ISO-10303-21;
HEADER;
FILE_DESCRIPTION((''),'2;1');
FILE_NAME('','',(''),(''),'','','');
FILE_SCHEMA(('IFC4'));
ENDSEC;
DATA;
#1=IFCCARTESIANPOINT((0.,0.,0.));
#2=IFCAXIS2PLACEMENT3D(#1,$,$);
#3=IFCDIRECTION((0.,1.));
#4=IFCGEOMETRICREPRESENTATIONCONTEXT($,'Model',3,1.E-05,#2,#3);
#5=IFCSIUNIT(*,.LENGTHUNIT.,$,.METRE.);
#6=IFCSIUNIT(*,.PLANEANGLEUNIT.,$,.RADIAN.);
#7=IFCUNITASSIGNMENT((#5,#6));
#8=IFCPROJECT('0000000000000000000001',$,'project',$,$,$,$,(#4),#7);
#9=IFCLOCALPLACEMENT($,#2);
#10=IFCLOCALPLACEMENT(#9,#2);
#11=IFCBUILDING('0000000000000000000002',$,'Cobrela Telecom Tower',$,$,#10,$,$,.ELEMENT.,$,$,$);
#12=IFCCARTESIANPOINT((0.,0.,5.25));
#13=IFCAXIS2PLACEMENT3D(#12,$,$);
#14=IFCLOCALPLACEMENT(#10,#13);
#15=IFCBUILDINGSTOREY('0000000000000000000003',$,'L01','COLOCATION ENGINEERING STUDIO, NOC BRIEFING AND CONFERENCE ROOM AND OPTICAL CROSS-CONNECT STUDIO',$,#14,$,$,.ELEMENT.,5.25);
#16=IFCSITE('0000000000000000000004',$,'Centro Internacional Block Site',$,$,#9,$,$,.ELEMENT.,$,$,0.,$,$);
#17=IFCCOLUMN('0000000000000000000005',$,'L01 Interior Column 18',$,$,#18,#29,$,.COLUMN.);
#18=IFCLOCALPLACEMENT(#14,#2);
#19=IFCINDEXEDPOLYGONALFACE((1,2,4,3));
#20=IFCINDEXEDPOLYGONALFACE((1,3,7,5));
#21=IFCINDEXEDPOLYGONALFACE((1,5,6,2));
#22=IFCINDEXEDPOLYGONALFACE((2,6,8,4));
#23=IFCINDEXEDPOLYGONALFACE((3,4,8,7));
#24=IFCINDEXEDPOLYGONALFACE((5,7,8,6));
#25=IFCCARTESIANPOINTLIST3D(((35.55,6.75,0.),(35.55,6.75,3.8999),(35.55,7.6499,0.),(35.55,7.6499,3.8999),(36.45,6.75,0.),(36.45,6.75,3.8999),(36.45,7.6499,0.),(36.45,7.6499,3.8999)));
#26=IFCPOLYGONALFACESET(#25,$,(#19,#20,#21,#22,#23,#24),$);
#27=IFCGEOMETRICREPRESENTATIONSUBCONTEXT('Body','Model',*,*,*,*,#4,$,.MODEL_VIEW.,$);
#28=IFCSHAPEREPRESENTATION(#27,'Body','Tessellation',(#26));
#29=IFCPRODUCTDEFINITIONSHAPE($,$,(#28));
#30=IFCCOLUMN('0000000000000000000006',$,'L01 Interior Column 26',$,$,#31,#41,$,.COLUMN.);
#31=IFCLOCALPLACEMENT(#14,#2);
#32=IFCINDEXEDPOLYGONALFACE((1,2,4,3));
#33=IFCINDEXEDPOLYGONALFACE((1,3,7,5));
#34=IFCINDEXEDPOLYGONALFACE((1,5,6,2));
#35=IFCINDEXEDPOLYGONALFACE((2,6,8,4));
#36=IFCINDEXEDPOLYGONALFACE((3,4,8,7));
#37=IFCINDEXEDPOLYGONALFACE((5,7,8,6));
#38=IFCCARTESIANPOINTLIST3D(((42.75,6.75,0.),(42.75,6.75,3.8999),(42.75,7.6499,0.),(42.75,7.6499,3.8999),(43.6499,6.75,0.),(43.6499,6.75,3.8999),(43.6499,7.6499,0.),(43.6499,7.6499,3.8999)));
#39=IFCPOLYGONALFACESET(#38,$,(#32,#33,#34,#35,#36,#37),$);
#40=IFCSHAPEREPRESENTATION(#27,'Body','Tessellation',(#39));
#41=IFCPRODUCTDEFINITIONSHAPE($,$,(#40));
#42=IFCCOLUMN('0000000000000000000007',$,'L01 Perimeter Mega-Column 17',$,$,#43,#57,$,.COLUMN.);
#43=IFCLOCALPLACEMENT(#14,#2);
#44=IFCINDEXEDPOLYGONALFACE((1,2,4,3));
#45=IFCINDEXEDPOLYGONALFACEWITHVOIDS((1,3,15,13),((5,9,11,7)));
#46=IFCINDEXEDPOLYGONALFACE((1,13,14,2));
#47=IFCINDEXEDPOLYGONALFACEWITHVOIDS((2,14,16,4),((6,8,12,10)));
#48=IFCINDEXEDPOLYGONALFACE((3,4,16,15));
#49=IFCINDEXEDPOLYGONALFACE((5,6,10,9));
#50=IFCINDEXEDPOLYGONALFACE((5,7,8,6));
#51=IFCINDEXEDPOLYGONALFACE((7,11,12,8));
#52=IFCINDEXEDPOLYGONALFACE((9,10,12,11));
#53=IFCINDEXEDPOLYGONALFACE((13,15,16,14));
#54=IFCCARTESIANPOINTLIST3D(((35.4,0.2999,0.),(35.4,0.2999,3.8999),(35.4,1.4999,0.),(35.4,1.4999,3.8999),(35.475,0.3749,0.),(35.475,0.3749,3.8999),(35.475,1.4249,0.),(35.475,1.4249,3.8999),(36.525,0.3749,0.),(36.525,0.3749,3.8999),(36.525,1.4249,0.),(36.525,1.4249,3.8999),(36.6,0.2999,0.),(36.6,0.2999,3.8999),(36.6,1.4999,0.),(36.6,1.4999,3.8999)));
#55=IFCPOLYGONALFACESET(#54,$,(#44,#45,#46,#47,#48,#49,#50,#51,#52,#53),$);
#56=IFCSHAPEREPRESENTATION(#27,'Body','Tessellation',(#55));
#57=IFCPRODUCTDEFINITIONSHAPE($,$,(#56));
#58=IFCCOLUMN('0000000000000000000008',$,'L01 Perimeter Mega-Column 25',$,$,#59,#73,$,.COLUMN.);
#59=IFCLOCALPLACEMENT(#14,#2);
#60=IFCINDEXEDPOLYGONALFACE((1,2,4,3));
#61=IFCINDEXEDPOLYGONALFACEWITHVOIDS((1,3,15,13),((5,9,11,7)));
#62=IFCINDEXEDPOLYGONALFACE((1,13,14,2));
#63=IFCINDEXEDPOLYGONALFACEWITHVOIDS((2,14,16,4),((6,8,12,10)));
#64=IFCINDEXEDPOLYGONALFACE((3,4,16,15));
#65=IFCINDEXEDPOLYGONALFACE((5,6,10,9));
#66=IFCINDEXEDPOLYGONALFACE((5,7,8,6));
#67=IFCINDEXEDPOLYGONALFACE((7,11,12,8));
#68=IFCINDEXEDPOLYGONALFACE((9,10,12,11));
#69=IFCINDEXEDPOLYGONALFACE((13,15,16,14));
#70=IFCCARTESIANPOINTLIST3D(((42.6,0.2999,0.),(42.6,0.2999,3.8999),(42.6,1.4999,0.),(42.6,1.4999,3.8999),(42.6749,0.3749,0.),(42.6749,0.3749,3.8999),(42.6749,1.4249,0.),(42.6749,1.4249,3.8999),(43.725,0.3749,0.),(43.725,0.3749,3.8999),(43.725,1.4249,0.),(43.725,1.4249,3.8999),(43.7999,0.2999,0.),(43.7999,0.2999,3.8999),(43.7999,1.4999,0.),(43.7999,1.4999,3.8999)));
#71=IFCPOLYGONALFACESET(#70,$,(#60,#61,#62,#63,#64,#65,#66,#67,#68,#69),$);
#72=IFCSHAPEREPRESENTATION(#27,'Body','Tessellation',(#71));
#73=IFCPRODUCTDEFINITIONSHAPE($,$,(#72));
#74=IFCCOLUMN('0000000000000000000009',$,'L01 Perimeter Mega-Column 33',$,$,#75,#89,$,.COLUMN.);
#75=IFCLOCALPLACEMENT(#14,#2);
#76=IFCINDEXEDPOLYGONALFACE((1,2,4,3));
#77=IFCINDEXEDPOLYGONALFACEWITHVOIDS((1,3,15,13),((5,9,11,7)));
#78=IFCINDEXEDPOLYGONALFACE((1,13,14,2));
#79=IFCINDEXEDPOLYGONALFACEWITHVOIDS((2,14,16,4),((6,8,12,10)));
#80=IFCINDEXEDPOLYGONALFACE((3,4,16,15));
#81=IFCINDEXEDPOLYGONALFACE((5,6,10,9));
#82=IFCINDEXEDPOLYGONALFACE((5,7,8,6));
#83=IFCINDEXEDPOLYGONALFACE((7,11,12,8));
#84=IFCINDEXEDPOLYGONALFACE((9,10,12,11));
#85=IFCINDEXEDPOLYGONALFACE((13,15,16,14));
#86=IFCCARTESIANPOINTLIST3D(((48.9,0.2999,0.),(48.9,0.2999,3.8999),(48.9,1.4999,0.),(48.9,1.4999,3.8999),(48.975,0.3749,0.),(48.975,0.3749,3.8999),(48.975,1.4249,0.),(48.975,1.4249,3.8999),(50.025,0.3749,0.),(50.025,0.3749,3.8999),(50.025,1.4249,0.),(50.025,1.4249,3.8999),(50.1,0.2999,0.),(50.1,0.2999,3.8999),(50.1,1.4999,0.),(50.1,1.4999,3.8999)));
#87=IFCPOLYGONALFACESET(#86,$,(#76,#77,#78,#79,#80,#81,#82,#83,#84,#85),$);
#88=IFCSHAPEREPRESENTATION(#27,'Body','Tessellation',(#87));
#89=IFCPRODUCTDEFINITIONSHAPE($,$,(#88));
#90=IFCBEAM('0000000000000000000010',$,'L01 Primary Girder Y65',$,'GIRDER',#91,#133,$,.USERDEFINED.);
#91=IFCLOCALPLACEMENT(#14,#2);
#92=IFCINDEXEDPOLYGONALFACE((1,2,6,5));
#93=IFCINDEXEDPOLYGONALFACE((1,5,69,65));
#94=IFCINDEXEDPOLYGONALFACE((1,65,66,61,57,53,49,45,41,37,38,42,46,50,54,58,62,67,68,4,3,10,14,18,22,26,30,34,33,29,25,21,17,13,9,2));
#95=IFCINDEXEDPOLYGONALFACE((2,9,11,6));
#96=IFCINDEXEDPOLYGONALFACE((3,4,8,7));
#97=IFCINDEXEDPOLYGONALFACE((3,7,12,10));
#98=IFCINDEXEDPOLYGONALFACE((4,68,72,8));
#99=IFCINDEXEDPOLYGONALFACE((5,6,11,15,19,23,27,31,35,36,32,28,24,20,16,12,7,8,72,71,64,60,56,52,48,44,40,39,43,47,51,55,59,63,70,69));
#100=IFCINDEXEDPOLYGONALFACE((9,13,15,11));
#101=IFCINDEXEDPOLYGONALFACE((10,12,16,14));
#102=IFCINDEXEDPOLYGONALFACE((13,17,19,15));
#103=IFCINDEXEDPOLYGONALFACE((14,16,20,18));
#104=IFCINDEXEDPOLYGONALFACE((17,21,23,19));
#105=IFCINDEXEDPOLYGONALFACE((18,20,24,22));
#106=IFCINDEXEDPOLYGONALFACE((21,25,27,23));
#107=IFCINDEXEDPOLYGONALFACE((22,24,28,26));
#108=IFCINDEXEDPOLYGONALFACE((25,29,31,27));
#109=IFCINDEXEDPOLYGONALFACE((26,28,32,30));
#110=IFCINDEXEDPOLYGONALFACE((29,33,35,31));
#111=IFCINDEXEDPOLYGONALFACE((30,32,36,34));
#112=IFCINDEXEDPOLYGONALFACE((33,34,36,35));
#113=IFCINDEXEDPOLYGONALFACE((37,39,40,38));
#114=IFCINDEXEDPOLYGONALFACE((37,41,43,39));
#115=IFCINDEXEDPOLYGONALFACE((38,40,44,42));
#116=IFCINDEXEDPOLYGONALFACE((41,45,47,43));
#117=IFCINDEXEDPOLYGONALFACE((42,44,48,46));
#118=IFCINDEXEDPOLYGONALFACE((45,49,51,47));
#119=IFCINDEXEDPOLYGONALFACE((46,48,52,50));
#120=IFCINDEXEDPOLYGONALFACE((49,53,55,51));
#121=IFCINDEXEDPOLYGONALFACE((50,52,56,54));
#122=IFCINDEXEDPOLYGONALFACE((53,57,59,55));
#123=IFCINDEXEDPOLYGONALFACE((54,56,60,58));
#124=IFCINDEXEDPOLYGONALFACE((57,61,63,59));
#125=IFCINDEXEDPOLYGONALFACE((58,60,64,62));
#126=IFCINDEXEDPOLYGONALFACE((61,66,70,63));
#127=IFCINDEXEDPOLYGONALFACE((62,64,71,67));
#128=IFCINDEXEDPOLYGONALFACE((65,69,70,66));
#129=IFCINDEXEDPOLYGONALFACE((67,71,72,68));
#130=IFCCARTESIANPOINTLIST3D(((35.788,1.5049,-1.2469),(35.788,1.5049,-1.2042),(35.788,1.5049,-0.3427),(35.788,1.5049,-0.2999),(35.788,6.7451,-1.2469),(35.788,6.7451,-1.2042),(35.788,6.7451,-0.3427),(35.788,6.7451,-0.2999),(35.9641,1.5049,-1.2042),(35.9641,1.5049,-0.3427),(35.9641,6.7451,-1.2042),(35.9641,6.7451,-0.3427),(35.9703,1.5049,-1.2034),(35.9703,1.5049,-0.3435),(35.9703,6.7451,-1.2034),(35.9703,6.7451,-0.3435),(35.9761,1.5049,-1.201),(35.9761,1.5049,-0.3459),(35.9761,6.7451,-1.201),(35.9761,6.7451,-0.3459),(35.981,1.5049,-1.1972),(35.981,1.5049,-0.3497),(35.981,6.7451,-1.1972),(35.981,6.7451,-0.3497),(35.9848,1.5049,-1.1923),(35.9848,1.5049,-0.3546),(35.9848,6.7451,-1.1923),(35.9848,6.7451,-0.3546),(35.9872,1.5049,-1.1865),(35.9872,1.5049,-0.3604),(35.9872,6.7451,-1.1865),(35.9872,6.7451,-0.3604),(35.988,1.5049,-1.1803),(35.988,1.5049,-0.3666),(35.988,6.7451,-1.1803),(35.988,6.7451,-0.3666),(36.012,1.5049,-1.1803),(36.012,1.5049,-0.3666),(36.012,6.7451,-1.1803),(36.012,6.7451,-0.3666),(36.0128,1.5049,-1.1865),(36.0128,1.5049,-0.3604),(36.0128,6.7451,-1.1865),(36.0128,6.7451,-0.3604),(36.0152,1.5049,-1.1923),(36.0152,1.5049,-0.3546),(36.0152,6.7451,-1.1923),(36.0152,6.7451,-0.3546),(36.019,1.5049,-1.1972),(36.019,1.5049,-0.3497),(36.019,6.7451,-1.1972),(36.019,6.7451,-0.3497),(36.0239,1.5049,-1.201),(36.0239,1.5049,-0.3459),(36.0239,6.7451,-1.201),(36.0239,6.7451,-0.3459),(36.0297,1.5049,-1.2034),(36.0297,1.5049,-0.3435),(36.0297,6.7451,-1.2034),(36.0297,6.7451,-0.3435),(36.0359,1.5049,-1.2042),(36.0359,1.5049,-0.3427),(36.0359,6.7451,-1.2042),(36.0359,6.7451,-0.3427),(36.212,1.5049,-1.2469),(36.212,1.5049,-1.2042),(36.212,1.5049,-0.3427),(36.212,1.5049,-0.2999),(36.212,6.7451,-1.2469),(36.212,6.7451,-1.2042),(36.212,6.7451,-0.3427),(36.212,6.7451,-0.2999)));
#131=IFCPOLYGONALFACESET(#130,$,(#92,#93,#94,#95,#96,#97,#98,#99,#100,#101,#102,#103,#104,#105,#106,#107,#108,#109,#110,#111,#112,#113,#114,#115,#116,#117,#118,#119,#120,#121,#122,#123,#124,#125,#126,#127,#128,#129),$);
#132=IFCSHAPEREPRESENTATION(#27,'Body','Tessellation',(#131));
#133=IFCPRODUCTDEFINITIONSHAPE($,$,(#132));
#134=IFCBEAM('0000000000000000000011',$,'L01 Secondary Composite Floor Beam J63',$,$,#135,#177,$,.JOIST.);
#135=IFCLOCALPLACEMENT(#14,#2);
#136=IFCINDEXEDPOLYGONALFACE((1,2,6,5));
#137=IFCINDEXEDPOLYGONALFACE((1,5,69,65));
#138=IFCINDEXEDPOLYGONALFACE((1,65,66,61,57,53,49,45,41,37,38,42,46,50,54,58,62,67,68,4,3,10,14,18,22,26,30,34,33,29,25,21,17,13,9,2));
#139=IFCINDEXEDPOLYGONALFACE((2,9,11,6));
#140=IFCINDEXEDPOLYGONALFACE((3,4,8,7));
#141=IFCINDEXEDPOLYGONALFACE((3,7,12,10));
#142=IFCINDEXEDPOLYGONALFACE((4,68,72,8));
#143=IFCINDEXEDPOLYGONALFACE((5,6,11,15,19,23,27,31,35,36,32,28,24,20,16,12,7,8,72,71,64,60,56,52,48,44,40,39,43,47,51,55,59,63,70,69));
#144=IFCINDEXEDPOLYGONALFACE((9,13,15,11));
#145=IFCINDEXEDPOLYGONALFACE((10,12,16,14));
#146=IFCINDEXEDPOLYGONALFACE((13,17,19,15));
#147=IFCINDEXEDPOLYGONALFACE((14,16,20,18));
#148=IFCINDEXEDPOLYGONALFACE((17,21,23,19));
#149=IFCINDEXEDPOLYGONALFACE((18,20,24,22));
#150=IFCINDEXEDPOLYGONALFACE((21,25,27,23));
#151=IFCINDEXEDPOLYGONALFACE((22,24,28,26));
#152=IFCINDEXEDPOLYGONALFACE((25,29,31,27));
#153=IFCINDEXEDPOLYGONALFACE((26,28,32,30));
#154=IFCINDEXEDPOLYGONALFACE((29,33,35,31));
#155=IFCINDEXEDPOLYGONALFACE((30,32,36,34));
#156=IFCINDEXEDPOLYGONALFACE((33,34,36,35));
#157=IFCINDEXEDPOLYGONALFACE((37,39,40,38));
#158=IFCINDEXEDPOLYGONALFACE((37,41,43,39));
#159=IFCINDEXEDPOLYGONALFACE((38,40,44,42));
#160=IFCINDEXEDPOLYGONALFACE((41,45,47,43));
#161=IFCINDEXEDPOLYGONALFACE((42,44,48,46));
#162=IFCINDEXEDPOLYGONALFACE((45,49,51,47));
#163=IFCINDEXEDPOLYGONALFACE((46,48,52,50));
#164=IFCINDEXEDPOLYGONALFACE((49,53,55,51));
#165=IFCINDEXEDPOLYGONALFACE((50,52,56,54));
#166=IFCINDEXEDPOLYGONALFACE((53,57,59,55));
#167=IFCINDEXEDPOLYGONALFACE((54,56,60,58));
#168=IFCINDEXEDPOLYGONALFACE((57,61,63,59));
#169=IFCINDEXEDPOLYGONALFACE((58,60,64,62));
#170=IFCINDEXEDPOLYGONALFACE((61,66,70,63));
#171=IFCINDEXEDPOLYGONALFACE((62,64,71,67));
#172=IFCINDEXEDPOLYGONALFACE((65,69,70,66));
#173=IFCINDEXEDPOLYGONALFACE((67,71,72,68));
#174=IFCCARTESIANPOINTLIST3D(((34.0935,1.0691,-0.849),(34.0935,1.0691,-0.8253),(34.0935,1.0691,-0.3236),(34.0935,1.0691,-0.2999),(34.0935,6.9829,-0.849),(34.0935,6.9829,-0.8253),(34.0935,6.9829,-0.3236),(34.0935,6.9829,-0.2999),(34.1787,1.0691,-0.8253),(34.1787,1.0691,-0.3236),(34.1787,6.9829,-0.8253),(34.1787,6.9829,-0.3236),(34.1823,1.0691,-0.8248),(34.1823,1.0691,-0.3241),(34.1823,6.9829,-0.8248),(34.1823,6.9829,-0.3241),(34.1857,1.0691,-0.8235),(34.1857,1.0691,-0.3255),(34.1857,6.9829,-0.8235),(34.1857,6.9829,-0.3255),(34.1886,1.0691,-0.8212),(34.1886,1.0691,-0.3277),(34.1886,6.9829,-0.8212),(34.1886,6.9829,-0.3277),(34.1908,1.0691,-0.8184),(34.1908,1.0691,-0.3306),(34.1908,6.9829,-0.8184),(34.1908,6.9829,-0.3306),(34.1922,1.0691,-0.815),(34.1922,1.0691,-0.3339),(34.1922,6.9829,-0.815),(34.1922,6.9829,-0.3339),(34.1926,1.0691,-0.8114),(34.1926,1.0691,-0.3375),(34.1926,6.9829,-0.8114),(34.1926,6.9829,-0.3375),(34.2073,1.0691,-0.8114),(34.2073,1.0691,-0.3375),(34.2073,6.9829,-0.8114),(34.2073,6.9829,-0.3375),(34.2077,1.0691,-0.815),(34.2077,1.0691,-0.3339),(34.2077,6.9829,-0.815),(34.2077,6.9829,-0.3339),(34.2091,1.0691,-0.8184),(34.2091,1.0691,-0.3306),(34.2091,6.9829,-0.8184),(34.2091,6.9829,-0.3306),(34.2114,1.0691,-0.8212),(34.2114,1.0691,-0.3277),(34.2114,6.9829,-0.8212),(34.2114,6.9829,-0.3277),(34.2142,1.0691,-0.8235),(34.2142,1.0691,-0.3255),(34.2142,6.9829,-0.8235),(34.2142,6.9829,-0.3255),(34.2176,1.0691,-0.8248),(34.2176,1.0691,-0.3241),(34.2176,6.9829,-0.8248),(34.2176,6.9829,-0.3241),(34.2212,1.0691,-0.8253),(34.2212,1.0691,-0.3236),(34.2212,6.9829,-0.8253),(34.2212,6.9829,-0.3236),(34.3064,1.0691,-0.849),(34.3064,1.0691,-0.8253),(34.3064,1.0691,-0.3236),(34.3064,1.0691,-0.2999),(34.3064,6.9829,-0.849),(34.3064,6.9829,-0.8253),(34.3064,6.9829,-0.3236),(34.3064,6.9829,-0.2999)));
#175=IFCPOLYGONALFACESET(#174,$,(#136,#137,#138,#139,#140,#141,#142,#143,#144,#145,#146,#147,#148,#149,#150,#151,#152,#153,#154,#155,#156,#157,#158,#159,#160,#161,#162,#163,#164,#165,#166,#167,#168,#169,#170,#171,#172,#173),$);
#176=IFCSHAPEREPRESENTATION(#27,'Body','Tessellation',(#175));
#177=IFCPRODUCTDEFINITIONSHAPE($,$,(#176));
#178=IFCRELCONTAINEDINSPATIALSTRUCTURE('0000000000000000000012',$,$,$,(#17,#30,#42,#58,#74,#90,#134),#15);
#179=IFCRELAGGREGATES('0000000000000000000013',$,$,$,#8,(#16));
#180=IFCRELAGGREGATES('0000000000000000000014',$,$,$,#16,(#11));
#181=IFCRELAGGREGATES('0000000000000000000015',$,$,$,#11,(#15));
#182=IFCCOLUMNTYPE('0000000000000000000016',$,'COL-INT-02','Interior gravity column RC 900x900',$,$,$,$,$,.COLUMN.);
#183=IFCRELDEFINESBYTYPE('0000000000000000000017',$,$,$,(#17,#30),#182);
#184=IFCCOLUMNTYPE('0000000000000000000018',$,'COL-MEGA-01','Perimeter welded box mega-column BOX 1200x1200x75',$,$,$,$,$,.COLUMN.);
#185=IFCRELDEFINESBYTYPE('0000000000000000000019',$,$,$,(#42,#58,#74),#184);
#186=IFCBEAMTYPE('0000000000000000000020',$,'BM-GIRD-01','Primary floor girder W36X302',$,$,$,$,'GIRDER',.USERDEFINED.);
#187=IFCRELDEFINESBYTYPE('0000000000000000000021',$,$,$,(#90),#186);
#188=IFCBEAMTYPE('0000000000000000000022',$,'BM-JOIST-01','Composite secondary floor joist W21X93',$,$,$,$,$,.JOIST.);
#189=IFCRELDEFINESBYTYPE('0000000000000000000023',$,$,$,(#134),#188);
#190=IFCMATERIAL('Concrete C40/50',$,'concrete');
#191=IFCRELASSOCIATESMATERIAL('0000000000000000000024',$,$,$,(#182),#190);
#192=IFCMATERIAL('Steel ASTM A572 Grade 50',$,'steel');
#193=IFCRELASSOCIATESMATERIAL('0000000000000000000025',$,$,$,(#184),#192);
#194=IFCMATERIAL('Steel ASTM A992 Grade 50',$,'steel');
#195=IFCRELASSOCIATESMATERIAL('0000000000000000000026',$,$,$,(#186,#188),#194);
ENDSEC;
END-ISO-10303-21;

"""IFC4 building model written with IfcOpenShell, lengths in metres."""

from ifc_helpers import new_model, si_unit, direction, frame, origin, origin_2d, place, context, subcontext, project, spatial, rectangle, hollow_rectangle, i_section, extrude, material, material_profile, profile_set, type_object, element, save


model = new_model("IFC4")

# Units and contexts
model_context = context("Model", 3, precision=1e-05, world=origin(), true_north=direction((0.0, 1.0)))
body_context = subcontext(model_context, "Body", "Model", "MODEL_VIEW")
ifc_project = project(units=[si_unit("LENGTHUNIT", "METRE"), si_unit("PLANEANGLEUNIT", "RADIAN")], contexts=[model_context])

# Site, building, storey
site_placement = place(None, origin())
site = spatial("IfcSite", under=ifc_project, at=site_placement, Name="Centro Internacional Block Site", CompositionType="ELEMENT", RefElevation=0.0)
building_placement = place(site_placement, origin())
building = spatial("IfcBuilding", under=site, at=building_placement, Name="Cobrela Telecom Tower", CompositionType="ELEMENT")
storey_placement = place(building_placement, frame((0.0, 0.0, 5.25)))
storey = spatial("IfcBuildingStorey", under=building, at=storey_placement, Name="L01", Description="COLOCATION ENGINEERING STUDIO, NOC BRIEFING AND CONFERENCE ROOM AND OPTICAL CROSS-CONNECT STUDIO", CompositionType="ELEMENT", Elevation=5.25)

# Columns
ifc_material_1 = material(Name="Concrete C40/50", Category="concrete")
ifc_material_profile_1 = material_profile(ifc_material_1, rectangle(XDim=0.8999, YDim=0.8999, at=origin_2d()), Name="RC 900x900")
ifc_profile_set_1 = profile_set([ifc_material_profile_1], Name="Concrete C40/50")
column_type_1 = type_object("IfcColumnType", Name="COL-INT-02", Description="Interior gravity column RC 900x900", PredefinedType="COLUMN", material=ifc_profile_set_1)
for number, where, z_axis, x_axis, name in (
    (1, (36.0, 7.2, 0.0), (0.0, 0.0, 1.0), (1.0, 0.0, 0.0), "L01 Interior Column 18"),
    (2, (43.2, 7.2, 0.0), (0.0, 0.0, 1.0), (1.0, 0.0, 0.0), "L01 Interior Column 26"),
):
    element("IfcColumn", number, at=place(storey_placement, frame(where, z_axis=z_axis, x_axis=x_axis)), inside=storey, type_object=column_type_1, Name=name, PredefinedType="COLUMN", context=body_context, shape_type="SweptSolid", body=[
        extrude(rectangle(XDim=0.8999, YDim=0.8999, at=origin_2d()), origin(), (0.0, 0.0, 1.0), 3.8999),
    ])
ifc_material_2 = material(Name="Steel ASTM A572 Grade 50", Category="steel")
ifc_material_profile_2 = material_profile(ifc_material_2, hollow_rectangle(XDim=1.2, YDim=1.2, WallThickness=0.075, at=origin_2d()), Name="BOX 1200x1200x75")
ifc_profile_set_2 = profile_set([ifc_material_profile_2], Name="Steel ASTM A572 Grade 50")
column_type_2 = type_object("IfcColumnType", Name="COL-MEGA-01", Description="Perimeter welded box mega-column BOX 1200x1200x75", PredefinedType="COLUMN", material=ifc_profile_set_2)
for number, where, z_axis, x_axis, name in (
    (3, (36.0, 0.8999, 0.0), (0.0, 0.0, 1.0), (1.0, 0.0, 0.0), "L01 Perimeter Mega-Column 17"),
    (4, (43.2, 0.8999, 0.0), (0.0, 0.0, 1.0), (1.0, 0.0, 0.0), "L01 Perimeter Mega-Column 25"),
    (5, (49.5, 0.8999, 0.0), (0.0, 0.0, 1.0), (1.0, 0.0, 0.0), "L01 Perimeter Mega-Column 33"),
):
    element("IfcColumn", number, at=place(storey_placement, frame(where, z_axis=z_axis, x_axis=x_axis)), inside=storey, type_object=column_type_2, Name=name, PredefinedType="COLUMN", context=body_context, shape_type="SweptSolid", body=[
        extrude(hollow_rectangle(XDim=1.2, YDim=1.2, WallThickness=0.075, at=origin_2d()), origin(), (0.0, 0.0, 1.0), 3.8999),
    ])

# Beams
ifc_material_3 = material(Name="Steel ASTM A992 Grade 50", Category="steel")
ifc_material_profile_3 = material_profile(ifc_material_3, i_section(OverallWidth=0.4241, OverallDepth=0.947, WebThickness=0.0239, FlangeThickness=0.0427, FilletRadius=0.0239, at=origin_2d()), Name="W36X302")
ifc_profile_set_3 = profile_set([ifc_material_profile_3], Name="Steel ASTM A992 Grade 50")
beam_type_1 = type_object("IfcBeamType", Name="BM-GIRD-01", Description="Primary floor girder W36X302", ElementType="GIRDER", PredefinedType="USERDEFINED", material=ifc_profile_set_3)
beam_1_placement = place(storey_placement, frame((36.0, 1.5049, -0.7734), z_axis=(0.0, 1.0, 0.0), x_axis=(-1.0, 0.0, 0.0)))
element("IfcBeam", 6, at=beam_1_placement, inside=storey, type_object=beam_type_1, Name="L01 Primary Girder Y65", ObjectType="GIRDER", PredefinedType="USERDEFINED", context=body_context, shape_type="SweptSolid", body=[
    extrude(i_section(OverallWidth=0.4241, OverallDepth=0.947, WebThickness=0.0239, FlangeThickness=0.0427, FilletRadius=0.0239, at=origin_2d()), origin(), (0.0, 0.0, 1.0), 5.2402),
])
ifc_material_profile_4 = material_profile(ifc_material_3, i_section(OverallWidth=0.2129, OverallDepth=0.5491, WebThickness=0.0146, FlangeThickness=0.0237, FilletRadius=0.0139, at=origin_2d()), Name="W21X93")
ifc_profile_set_4 = profile_set([ifc_material_profile_4], Name="Steel ASTM A992 Grade 50")
beam_type_2 = type_object("IfcBeamType", Name="BM-JOIST-01", Description="Composite secondary floor joist W21X93", PredefinedType="JOIST", material=ifc_profile_set_4)
beam_2_placement = place(storey_placement, frame((34.2, 1.0691, -0.5745), z_axis=(0.0, 1.0, 0.0), x_axis=(-1.0, 0.0, 0.0)))
element("IfcBeam", 7, at=beam_2_placement, inside=storey, type_object=beam_type_2, Name="L01 Secondary Composite Floor Beam J63", PredefinedType="JOIST", context=body_context, shape_type="SweptSolid", body=[
    extrude(i_section(OverallWidth=0.2129, OverallDepth=0.5491, WebThickness=0.0146, FlangeThickness=0.0237, FilletRadius=0.0139, at=origin_2d()), origin(), (0.0, 0.0, 1.0), 5.9138),
])

save(model, "model.ifc")
